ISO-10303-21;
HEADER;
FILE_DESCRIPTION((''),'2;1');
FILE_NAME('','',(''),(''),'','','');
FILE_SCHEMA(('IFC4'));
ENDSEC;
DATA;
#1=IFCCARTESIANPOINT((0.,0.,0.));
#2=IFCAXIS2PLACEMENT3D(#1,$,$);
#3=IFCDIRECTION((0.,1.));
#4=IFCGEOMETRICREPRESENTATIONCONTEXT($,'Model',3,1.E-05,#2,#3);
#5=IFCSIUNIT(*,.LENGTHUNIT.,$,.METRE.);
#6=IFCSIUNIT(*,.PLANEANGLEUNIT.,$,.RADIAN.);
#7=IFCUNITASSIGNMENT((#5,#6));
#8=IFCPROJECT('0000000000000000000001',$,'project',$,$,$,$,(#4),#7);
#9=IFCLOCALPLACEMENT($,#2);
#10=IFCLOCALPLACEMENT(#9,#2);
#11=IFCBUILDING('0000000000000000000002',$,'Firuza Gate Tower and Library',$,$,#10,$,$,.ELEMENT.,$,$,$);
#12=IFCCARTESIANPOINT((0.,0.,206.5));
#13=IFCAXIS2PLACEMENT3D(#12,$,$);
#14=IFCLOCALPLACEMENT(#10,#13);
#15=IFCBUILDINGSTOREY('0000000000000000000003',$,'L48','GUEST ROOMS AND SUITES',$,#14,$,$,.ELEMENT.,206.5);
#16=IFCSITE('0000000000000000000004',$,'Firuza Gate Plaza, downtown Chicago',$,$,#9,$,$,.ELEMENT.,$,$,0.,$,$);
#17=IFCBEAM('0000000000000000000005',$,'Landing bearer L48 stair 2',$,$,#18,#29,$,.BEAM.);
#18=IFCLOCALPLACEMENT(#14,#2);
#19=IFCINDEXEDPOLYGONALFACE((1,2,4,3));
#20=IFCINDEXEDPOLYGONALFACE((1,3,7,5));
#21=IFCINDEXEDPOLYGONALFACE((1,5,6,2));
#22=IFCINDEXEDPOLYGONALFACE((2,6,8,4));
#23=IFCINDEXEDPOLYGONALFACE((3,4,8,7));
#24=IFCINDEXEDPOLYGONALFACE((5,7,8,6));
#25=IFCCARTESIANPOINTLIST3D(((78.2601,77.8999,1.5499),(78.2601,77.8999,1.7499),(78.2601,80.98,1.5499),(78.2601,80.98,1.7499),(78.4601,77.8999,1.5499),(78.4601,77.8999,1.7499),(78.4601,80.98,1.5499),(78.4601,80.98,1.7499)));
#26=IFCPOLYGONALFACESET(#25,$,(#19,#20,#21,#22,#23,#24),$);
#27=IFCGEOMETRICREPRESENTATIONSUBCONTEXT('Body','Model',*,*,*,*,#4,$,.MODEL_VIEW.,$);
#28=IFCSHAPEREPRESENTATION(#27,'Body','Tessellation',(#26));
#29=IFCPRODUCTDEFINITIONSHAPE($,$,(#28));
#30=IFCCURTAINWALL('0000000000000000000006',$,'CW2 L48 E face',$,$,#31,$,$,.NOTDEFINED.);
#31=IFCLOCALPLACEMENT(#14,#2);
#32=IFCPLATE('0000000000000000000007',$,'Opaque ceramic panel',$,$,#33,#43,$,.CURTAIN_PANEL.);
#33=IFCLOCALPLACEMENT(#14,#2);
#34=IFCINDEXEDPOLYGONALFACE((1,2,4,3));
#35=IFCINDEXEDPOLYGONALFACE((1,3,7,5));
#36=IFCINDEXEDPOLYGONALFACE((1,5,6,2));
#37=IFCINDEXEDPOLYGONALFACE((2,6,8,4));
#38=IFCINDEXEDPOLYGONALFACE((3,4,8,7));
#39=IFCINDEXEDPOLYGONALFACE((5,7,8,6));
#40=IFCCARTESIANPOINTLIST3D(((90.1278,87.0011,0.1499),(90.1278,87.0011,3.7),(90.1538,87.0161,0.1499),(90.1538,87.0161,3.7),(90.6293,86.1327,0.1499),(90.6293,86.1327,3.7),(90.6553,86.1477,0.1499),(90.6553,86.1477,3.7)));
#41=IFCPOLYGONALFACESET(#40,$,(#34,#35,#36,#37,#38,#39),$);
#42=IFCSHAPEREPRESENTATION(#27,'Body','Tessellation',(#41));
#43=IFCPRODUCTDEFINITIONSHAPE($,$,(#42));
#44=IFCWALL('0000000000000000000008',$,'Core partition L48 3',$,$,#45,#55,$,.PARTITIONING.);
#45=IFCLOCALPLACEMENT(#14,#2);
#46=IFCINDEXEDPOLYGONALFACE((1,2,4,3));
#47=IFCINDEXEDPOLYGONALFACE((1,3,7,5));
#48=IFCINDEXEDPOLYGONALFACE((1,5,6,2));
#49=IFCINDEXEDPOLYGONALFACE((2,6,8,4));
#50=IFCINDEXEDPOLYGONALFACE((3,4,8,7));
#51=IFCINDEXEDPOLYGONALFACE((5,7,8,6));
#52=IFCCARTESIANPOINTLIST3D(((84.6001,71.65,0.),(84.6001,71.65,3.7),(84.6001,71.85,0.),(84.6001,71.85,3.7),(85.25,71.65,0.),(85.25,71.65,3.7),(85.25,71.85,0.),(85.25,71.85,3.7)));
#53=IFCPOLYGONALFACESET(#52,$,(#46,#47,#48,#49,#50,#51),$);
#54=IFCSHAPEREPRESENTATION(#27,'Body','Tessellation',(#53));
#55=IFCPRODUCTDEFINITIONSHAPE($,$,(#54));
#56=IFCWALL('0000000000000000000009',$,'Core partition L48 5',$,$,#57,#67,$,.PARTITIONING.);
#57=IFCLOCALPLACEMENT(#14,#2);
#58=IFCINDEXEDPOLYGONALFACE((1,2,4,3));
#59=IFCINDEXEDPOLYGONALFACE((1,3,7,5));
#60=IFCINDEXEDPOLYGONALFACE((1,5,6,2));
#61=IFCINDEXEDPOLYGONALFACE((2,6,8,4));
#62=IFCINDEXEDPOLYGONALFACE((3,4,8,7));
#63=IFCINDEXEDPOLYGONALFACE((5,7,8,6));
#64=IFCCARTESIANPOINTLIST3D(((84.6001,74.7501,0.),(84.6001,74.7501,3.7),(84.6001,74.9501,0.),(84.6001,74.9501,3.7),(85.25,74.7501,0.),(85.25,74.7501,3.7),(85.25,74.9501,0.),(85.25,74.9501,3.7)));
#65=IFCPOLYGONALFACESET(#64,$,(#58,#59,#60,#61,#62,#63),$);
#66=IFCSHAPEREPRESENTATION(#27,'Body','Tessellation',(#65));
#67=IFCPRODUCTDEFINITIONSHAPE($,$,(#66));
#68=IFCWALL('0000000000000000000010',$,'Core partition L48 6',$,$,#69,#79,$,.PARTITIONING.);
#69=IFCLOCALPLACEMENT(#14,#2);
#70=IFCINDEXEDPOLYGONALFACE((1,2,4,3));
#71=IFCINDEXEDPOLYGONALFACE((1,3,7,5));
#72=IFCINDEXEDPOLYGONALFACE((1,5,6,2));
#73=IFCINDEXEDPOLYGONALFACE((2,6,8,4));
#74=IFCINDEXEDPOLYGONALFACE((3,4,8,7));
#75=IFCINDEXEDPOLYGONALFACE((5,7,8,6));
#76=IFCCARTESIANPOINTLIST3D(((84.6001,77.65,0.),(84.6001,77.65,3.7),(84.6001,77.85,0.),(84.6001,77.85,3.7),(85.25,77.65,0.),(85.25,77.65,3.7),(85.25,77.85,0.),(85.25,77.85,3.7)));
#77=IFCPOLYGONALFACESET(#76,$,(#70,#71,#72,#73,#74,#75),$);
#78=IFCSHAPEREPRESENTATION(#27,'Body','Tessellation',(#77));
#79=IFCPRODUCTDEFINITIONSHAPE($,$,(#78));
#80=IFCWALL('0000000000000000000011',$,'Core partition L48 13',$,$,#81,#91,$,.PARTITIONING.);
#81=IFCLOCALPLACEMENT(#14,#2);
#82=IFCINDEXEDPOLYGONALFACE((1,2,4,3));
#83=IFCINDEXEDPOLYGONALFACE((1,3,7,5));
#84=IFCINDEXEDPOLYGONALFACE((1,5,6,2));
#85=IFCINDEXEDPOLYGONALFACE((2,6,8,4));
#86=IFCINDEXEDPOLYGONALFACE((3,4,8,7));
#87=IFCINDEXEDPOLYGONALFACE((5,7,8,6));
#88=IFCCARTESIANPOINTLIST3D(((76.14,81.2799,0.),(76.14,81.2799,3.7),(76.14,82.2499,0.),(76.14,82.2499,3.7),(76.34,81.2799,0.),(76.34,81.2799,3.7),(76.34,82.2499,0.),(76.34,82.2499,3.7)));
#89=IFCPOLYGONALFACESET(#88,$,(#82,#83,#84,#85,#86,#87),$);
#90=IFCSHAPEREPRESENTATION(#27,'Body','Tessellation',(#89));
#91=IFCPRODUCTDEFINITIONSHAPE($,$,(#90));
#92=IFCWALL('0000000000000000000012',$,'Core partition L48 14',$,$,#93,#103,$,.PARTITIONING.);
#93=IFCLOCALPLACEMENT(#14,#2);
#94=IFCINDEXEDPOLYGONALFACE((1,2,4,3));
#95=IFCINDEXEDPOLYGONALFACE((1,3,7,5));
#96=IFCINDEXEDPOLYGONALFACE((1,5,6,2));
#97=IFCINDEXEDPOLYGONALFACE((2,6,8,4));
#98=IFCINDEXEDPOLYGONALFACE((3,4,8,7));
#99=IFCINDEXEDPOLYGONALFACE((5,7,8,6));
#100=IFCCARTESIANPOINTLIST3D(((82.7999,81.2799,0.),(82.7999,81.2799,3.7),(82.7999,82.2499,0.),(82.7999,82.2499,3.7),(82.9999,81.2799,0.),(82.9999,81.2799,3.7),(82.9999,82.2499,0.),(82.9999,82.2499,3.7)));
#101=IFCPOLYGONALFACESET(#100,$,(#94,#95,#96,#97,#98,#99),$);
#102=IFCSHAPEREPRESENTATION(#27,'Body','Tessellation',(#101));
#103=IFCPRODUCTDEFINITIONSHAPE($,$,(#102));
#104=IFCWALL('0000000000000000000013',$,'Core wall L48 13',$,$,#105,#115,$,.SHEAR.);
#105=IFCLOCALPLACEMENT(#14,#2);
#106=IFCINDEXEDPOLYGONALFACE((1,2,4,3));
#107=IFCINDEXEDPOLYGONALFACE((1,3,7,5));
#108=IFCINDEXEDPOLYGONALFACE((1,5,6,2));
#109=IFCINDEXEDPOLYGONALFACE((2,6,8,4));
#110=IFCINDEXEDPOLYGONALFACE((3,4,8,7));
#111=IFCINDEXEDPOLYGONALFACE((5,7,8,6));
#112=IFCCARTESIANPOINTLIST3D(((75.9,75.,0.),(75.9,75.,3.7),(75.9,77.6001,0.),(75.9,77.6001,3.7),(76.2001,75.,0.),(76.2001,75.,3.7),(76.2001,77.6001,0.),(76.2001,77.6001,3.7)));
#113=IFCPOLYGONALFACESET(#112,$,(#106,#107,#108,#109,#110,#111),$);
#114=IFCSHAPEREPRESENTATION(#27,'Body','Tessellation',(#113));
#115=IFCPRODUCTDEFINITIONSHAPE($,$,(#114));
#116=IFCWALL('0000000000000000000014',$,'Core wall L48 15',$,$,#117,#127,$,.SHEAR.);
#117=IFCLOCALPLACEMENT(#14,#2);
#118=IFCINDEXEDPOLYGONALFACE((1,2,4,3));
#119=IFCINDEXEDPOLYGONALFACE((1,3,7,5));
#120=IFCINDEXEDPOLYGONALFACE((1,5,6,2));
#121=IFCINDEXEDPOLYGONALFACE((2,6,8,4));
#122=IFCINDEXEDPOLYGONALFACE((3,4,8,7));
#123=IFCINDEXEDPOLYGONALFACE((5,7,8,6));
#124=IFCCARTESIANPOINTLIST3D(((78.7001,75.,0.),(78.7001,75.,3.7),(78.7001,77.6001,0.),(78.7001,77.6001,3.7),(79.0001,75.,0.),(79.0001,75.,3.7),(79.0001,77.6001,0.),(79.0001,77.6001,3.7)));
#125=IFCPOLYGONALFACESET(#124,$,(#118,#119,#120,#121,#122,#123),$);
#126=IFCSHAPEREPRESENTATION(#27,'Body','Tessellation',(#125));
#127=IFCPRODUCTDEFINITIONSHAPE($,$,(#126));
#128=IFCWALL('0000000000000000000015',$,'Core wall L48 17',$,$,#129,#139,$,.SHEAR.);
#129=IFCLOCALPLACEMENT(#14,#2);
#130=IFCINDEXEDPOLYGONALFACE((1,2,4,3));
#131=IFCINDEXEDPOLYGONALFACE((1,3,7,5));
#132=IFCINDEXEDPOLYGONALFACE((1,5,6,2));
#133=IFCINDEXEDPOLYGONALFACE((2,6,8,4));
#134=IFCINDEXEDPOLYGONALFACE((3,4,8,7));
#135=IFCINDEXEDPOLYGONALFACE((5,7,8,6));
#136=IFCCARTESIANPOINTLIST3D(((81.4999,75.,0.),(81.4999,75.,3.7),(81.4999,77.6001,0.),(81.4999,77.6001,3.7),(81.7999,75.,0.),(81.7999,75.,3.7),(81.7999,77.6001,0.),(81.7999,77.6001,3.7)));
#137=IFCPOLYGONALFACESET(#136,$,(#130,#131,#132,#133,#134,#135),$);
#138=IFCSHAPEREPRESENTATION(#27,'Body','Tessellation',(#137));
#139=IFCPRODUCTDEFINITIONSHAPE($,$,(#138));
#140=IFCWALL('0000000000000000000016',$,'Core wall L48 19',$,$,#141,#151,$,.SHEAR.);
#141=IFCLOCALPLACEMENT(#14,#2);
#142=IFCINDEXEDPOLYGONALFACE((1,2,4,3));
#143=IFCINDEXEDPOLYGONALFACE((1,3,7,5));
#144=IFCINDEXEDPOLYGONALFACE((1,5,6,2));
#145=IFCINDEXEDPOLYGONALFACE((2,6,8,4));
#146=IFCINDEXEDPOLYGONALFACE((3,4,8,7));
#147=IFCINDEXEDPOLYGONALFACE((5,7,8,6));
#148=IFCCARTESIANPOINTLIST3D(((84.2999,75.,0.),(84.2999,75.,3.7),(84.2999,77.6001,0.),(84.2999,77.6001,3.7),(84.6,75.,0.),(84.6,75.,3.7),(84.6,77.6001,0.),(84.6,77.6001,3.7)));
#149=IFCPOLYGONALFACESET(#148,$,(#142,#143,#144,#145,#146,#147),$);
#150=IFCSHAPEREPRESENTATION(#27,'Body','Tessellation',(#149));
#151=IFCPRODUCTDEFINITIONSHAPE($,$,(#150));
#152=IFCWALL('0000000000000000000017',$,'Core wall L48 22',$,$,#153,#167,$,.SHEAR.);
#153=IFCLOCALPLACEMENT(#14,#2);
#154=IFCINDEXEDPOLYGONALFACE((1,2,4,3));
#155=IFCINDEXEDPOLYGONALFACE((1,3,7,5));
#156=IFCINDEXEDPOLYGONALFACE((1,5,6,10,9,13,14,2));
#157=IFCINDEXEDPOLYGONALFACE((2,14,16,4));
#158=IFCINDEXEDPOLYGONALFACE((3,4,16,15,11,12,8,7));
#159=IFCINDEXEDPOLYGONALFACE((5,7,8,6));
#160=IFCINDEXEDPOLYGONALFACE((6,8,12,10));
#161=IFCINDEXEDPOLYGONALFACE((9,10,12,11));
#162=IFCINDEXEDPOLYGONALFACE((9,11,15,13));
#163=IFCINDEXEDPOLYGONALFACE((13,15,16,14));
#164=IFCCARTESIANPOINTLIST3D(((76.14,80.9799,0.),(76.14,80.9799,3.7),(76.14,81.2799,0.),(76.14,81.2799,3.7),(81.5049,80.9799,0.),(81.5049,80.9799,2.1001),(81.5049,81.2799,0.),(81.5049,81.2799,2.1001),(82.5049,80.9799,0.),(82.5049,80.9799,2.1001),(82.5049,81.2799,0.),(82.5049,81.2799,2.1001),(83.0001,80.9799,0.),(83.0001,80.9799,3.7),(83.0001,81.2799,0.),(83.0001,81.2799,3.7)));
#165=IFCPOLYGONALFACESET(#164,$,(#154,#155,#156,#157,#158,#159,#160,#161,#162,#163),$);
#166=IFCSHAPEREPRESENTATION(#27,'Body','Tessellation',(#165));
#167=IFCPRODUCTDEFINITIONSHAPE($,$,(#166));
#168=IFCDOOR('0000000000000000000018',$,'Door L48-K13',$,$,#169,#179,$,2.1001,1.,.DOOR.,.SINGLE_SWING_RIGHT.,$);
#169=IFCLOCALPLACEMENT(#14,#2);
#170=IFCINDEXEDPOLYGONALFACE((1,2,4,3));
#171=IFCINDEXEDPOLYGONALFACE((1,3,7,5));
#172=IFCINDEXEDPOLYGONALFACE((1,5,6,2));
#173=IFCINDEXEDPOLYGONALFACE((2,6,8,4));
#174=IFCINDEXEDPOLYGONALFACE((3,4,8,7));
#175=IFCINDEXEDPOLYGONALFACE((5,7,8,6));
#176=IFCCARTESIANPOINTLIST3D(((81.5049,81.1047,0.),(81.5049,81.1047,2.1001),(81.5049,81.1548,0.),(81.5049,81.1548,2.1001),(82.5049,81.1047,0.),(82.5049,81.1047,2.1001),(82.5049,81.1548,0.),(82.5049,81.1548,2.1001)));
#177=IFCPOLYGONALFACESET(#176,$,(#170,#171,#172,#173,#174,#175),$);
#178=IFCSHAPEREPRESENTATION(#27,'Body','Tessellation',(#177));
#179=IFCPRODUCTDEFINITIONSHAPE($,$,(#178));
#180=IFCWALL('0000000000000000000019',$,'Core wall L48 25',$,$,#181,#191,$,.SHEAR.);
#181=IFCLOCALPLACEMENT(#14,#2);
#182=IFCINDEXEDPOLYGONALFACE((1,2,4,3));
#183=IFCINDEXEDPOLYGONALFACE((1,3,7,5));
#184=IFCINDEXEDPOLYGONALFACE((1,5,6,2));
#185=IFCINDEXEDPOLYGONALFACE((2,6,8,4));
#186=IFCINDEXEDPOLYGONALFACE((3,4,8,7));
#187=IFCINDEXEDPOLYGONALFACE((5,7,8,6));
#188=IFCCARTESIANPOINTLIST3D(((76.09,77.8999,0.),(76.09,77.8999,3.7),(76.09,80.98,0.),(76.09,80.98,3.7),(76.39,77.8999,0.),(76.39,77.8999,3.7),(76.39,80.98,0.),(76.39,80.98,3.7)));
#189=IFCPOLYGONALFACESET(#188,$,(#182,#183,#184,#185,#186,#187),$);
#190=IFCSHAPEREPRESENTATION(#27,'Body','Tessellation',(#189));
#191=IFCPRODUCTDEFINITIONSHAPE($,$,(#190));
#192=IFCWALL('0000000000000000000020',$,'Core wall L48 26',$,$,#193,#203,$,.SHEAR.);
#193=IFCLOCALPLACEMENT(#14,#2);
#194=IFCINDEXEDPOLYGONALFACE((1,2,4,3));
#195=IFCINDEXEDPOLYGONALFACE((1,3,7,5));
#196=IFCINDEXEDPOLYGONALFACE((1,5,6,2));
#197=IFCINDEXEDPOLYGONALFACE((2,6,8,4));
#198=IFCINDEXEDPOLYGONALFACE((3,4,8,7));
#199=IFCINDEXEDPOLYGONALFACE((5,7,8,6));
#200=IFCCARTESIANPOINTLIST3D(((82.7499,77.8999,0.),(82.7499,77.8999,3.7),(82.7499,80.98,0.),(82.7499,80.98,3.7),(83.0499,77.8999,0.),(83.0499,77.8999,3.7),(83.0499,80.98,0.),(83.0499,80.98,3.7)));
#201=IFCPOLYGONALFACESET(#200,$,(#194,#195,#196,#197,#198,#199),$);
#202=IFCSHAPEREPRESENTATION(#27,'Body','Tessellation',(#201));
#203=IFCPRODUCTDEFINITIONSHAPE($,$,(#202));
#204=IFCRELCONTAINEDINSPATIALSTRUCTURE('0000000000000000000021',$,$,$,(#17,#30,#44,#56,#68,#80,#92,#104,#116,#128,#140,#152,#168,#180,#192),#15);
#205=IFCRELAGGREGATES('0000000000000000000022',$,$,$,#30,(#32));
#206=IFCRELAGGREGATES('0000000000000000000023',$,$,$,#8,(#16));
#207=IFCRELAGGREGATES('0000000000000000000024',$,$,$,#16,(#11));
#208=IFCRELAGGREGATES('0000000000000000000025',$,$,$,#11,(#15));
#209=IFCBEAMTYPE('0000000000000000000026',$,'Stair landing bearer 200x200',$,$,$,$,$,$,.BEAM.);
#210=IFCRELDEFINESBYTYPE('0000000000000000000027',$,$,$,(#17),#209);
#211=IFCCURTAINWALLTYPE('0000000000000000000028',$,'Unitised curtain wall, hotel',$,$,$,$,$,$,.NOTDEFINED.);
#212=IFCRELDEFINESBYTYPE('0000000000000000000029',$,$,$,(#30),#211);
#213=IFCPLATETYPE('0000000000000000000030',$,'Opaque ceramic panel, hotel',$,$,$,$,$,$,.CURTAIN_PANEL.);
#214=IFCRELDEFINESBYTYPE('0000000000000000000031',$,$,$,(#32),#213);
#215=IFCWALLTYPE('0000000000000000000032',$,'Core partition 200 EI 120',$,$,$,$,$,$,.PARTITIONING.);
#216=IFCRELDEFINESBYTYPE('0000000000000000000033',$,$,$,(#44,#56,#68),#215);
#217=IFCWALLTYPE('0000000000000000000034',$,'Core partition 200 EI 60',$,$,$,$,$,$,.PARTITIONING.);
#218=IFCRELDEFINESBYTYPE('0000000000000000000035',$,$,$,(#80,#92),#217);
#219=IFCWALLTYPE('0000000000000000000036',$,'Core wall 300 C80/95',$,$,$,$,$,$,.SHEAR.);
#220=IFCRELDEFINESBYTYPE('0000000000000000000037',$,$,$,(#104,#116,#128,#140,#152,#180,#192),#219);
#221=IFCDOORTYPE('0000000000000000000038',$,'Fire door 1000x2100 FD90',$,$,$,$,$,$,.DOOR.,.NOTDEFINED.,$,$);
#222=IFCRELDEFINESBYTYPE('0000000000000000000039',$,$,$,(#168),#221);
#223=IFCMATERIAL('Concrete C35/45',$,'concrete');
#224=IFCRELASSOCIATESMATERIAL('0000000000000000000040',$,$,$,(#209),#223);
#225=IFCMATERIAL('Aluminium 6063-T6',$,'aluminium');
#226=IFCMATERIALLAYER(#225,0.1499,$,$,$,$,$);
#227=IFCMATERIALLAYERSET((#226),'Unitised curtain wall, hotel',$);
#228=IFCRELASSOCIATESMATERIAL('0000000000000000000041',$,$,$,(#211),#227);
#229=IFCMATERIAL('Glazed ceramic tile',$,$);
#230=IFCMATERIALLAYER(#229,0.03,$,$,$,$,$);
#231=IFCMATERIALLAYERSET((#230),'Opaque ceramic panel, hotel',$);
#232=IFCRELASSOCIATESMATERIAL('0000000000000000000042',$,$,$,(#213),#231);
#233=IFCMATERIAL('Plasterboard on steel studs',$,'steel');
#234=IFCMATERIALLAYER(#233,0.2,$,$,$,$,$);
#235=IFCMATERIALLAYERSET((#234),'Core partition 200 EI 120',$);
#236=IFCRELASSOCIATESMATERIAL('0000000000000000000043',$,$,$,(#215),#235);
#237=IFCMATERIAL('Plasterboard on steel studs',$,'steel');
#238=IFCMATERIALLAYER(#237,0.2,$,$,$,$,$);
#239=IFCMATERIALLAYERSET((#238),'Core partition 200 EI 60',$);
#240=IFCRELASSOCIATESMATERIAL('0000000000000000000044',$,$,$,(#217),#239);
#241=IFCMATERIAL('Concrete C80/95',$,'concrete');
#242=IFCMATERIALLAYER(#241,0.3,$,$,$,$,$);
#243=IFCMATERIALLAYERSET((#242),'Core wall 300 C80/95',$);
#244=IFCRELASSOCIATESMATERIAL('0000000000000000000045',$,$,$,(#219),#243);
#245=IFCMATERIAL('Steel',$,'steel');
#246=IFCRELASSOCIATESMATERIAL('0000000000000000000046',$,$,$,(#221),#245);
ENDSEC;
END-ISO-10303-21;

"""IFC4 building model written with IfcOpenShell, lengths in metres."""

from ifc_helpers import new_model, si_unit, direction, frame, frame_2d, origin, origin_2d, place, context, subcontext, project, spatial, polyline, rectangle, outline, extrude, material, layer, layer_set, material_profile, profile_set, type_object, element, fill, aggregate, save


model = new_model("IFC4")

# Units and contexts
model_context = context("Model", 3, precision=1e-05, world=origin(), true_north=direction((0.0, 1.0)))
body_context = subcontext(model_context, "Body", "Model", "MODEL_VIEW")
ifc_project = project(units=[si_unit("LENGTHUNIT", "METRE"), si_unit("PLANEANGLEUNIT", "RADIAN")], contexts=[model_context])

# Site, building, storey
site_placement = place(None, origin())
site = spatial("IfcSite", under=ifc_project, at=site_placement, Name="Firuza Gate Plaza, downtown Chicago", CompositionType="ELEMENT", RefElevation=0.0)
building_placement = place(site_placement, origin())
building = spatial("IfcBuilding", under=site, at=building_placement, Name="Firuza Gate Tower and Library", CompositionType="ELEMENT")
storey_placement = place(building_placement, frame((0.0, 0.0, 206.5)))
storey = spatial("IfcBuildingStorey", under=building, at=storey_placement, Name="L48", Description="GUEST ROOMS AND SUITES", CompositionType="ELEMENT", Elevation=206.5)

# Beam
ifc_material_1 = material(Name="Concrete C35/45", Category="concrete")
ifc_material_profile = material_profile(ifc_material_1, rectangle(XDim=0.2, YDim=0.2, at=origin_2d()))
ifc_profile_set = profile_set([ifc_material_profile], Name="Concrete C35/45")
beam_type = type_object("IfcBeamType", Name="Stair landing bearer 200x200", PredefinedType="BEAM", material=ifc_profile_set)
beam_placement = place(storey_placement, frame((78.3601, 80.98, 1.6499), z_axis=(0.0, -1.0, 0.0), x_axis=(1.0, 0.0, 0.0)))
element("IfcBeam", 1, at=beam_placement, inside=storey, type_object=beam_type, Name="Landing bearer L48 stair 2", PredefinedType="BEAM", context=body_context, shape_type="SweptSolid", body=[
    extrude(rectangle(XDim=0.2, YDim=0.2, at=origin_2d()), origin(), (0.0, 0.0, 1.0), 3.0801),
])

# Curtain wall, plate
ifc_material_2 = material(Name="Aluminium 6063-T6", Category="aluminium")
ifc_layer_1 = layer(ifc_material_2, 0.1499)
ifc_layer_set_1 = layer_set([ifc_layer_1], Name="Unitised curtain wall, hotel")
curtain_wall_type = type_object("IfcCurtainWallType", Name="Unitised curtain wall, hotel", PredefinedType="NOTDEFINED", material=ifc_layer_set_1)
placement = place(storey_placement, origin())
curtain_wall = element("IfcCurtainWall", 2, at=placement, inside=storey, type_object=curtain_wall_type, Name="CW2 L48 E face", PredefinedType="NOTDEFINED")
ifc_material_3 = material(Name="Glazed ceramic tile")
ifc_layer_2 = layer(ifc_material_3, 0.03)
ifc_layer_set_2 = layer_set([ifc_layer_2], Name="Opaque ceramic panel, hotel")
plate_type = type_object("IfcPlateType", Name="Opaque ceramic panel, hotel", PredefinedType="CURTAIN_PANEL", material=ifc_layer_set_2)
plate_placement = place(storey_placement, frame((90.6553, 86.1477, 0.1499), z_axis=(0.865987, 0.500067, 0.0), x_axis=(-0.500067, 0.865987, 0.0)))
plate = element("IfcPlate", 3, at=plate_placement, type_object=plate_type, Name="Opaque ceramic panel", PredefinedType="CURTAIN_PANEL", context=body_context, shape_type="SweptSolid", body=[
    extrude(outline(polyline([(0.0, 0.0), (1.0028, 0.0), (1.0028, 3.55), (0.0, 3.55), (0.0, 0.0)])), origin(), (0.0, 0.0, -1.0), 0.03),
])
aggregate(curtain_wall, [plate])

# Walls
ifc_material_4 = material(Name="Plasterboard on steel studs", Category="steel")
ifc_layer_3 = layer(ifc_material_4, 0.2)
ifc_layer_set_3 = layer_set([ifc_layer_3], Name="Core partition 200 EI 120")
wall_type_1 = type_object("IfcWallType", Name="Core partition 200 EI 120", PredefinedType="PARTITIONING", material=ifc_layer_set_3)
for number, where, z_axis, x_axis, name in (
    (4, (84.6001, 71.75, 0.0), (0.0, 0.0, 1.0), (1.0, 0.0, 0.0), "Core partition L48 3"),
    (5, (84.6001, 74.8501, 0.0), (0.0, 0.0, 1.0), (1.0, 0.0, 0.0), "Core partition L48 5"),
    (6, (84.6001, 77.75, 0.0), (0.0, 0.0, 1.0), (1.0, 0.0, 0.0), "Core partition L48 6"),
):
    element("IfcWall", number, at=place(storey_placement, frame(where, z_axis=z_axis, x_axis=x_axis)), inside=storey, type_object=wall_type_1, Name=name, PredefinedType="PARTITIONING", context=body_context, shape_type="SweptSolid", body=[
        extrude(rectangle(XDim=0.6499, YDim=0.2, at=frame_2d((0.325, 0.0))), origin(), (0.0, 0.0, 1.0), 3.7),
    ])
ifc_material_5 = material(Name="Plasterboard on steel studs", Category="steel")
ifc_layer_4 = layer(ifc_material_5, 0.2)
ifc_layer_set_4 = layer_set([ifc_layer_4], Name="Core partition 200 EI 60")
wall_type_2 = type_object("IfcWallType", Name="Core partition 200 EI 60", PredefinedType="PARTITIONING", material=ifc_layer_set_4)
for number, where, z_axis, x_axis, name in (
    (7, (76.24, 81.28, 0.0), (0.0, 0.0, 1.0), (0.0, 1.0, 0.0), "Core partition L48 13"),
    (8, (82.8999, 81.28, 0.0), (0.0, 0.0, 1.0), (0.0, 1.0, 0.0), "Core partition L48 14"),
):
    element("IfcWall", number, at=place(storey_placement, frame(where, z_axis=z_axis, x_axis=x_axis)), inside=storey, type_object=wall_type_2, Name=name, PredefinedType="PARTITIONING", context=body_context, shape_type="SweptSolid", body=[
        extrude(rectangle(XDim=0.97, YDim=0.2, at=frame_2d((0.4849, 0.0))), origin(), (0.0, 0.0, 1.0), 3.7),
    ])
ifc_material_6 = material(Name="Concrete C80/95", Category="concrete")
ifc_layer_5 = layer(ifc_material_6, 0.3)
ifc_layer_set_5 = layer_set([ifc_layer_5], Name="Core wall 300 C80/95")
wall_type_3 = type_object("IfcWallType", Name="Core wall 300 C80/95", PredefinedType="SHEAR", material=ifc_layer_set_5)
for number, where, z_axis, x_axis, name in (
    (9, (76.05, 75.0, 0.0), (0.0, 0.0, 1.0), (0.0, 1.0, 0.0), "Core wall L48 13"),
    (10, (78.8501, 75.0, 0.0), (0.0, 0.0, 1.0), (0.0, 1.0, 0.0), "Core wall L48 15"),
    (11, (81.6499, 75.0, 0.0), (0.0, 0.0, 1.0), (0.0, 1.0, 0.0), "Core wall L48 17"),
    (12, (84.45, 75.0, 0.0), (0.0, 0.0, 1.0), (0.0, 1.0, 0.0), "Core wall L48 19"),
):
    element("IfcWall", number, at=place(storey_placement, frame(where, z_axis=z_axis, x_axis=x_axis)), inside=storey, type_object=wall_type_3, Name=name, PredefinedType="SHEAR", context=body_context, shape_type="SweptSolid", body=[
        extrude(rectangle(XDim=2.6001, YDim=0.3, at=frame_2d((1.3, 0.0))), origin(), (0.0, 0.0, 1.0), 3.7),
    ])

# Wall, opening, door
wall_1_placement = place(storey_placement, frame((76.1399, 81.1299, 0.0), z_axis=(0.0, 0.0, 1.0), x_axis=(1.0, 0.0, 0.0)))
wall_1 = element("IfcWall", 13, at=wall_1_placement, inside=storey, type_object=wall_type_3, Name="Core wall L48 22", PredefinedType="SHEAR", context=body_context, shape_type="SweptSolid", body=[
    extrude(rectangle(XDim=6.8601, YDim=0.3, at=frame_2d((3.4302, 0.0))), origin(), (0.0, 0.0, 1.0), 3.7),
])
opening_1_placement = place(wall_1_placement, frame((5.365, 0.0, 0.0)))
opening_1 = element("IfcOpeningElement", 14, at=opening_1_placement, cuts=wall_1, PredefinedType="OPENING", context=body_context, shape_type="SweptSolid", body=[
    extrude(rectangle(XDim=1.0, YDim=2.1001, at=frame_2d((0.5, 1.05))), frame((0.0, 0.1602, 0.0), z_axis=(0.0, -1.0, 0.0), x_axis=(1.0, 0.0, 0.0)), (0.0, 0.0, 1.0), 0.3201),
])
ifc_material_7 = material(Name="Steel", Category="steel")
door_type_1 = type_object("IfcDoorType", Name="Fire door 1000x2100 FD90", OperationType="NOTDEFINED", PredefinedType="DOOR", material=ifc_material_7)
door_1_placement = place(opening_1_placement, origin())
door_1 = element("IfcDoor", 15, at=door_1_placement, inside=storey, type_object=door_type_1, Name="Door L48-K13", OperationType="SINGLE_SWING_RIGHT", OverallHeight=2.1001, OverallWidth=1.0, PredefinedType="DOOR", context=body_context, shape_type="SweptSolid", body=[
    extrude(rectangle(XDim=1.0, YDim=2.1001, at=frame_2d((0.5, 1.05))), frame((0.0, 0.0249, 0.0), z_axis=(0.0, -1.0, 0.0), x_axis=(1.0, 0.0, 0.0)), (0.0, 0.0, 1.0), 0.05),
])
fill(opening_1, door_1)

# Walls
for number, where, z_axis, x_axis, name in (
    (16, (76.24, 77.8999, 0.0), (0.0, 0.0, 1.0), (0.0, 1.0, 0.0), "Core wall L48 25"),
    (17, (82.8999, 77.8999, 0.0), (0.0, 0.0, 1.0), (0.0, 1.0, 0.0), "Core wall L48 26"),
):
    element("IfcWall", number, at=place(storey_placement, frame(where, z_axis=z_axis, x_axis=x_axis)), inside=storey, type_object=wall_type_3, Name=name, PredefinedType="SHEAR", context=body_context, shape_type="SweptSolid", body=[
        extrude(rectangle(XDim=3.0801, YDim=0.3, at=frame_2d((1.54, 0.0))), origin(), (0.0, 0.0, 1.0), 3.7),
    ])

save(model, "model.ifc")
